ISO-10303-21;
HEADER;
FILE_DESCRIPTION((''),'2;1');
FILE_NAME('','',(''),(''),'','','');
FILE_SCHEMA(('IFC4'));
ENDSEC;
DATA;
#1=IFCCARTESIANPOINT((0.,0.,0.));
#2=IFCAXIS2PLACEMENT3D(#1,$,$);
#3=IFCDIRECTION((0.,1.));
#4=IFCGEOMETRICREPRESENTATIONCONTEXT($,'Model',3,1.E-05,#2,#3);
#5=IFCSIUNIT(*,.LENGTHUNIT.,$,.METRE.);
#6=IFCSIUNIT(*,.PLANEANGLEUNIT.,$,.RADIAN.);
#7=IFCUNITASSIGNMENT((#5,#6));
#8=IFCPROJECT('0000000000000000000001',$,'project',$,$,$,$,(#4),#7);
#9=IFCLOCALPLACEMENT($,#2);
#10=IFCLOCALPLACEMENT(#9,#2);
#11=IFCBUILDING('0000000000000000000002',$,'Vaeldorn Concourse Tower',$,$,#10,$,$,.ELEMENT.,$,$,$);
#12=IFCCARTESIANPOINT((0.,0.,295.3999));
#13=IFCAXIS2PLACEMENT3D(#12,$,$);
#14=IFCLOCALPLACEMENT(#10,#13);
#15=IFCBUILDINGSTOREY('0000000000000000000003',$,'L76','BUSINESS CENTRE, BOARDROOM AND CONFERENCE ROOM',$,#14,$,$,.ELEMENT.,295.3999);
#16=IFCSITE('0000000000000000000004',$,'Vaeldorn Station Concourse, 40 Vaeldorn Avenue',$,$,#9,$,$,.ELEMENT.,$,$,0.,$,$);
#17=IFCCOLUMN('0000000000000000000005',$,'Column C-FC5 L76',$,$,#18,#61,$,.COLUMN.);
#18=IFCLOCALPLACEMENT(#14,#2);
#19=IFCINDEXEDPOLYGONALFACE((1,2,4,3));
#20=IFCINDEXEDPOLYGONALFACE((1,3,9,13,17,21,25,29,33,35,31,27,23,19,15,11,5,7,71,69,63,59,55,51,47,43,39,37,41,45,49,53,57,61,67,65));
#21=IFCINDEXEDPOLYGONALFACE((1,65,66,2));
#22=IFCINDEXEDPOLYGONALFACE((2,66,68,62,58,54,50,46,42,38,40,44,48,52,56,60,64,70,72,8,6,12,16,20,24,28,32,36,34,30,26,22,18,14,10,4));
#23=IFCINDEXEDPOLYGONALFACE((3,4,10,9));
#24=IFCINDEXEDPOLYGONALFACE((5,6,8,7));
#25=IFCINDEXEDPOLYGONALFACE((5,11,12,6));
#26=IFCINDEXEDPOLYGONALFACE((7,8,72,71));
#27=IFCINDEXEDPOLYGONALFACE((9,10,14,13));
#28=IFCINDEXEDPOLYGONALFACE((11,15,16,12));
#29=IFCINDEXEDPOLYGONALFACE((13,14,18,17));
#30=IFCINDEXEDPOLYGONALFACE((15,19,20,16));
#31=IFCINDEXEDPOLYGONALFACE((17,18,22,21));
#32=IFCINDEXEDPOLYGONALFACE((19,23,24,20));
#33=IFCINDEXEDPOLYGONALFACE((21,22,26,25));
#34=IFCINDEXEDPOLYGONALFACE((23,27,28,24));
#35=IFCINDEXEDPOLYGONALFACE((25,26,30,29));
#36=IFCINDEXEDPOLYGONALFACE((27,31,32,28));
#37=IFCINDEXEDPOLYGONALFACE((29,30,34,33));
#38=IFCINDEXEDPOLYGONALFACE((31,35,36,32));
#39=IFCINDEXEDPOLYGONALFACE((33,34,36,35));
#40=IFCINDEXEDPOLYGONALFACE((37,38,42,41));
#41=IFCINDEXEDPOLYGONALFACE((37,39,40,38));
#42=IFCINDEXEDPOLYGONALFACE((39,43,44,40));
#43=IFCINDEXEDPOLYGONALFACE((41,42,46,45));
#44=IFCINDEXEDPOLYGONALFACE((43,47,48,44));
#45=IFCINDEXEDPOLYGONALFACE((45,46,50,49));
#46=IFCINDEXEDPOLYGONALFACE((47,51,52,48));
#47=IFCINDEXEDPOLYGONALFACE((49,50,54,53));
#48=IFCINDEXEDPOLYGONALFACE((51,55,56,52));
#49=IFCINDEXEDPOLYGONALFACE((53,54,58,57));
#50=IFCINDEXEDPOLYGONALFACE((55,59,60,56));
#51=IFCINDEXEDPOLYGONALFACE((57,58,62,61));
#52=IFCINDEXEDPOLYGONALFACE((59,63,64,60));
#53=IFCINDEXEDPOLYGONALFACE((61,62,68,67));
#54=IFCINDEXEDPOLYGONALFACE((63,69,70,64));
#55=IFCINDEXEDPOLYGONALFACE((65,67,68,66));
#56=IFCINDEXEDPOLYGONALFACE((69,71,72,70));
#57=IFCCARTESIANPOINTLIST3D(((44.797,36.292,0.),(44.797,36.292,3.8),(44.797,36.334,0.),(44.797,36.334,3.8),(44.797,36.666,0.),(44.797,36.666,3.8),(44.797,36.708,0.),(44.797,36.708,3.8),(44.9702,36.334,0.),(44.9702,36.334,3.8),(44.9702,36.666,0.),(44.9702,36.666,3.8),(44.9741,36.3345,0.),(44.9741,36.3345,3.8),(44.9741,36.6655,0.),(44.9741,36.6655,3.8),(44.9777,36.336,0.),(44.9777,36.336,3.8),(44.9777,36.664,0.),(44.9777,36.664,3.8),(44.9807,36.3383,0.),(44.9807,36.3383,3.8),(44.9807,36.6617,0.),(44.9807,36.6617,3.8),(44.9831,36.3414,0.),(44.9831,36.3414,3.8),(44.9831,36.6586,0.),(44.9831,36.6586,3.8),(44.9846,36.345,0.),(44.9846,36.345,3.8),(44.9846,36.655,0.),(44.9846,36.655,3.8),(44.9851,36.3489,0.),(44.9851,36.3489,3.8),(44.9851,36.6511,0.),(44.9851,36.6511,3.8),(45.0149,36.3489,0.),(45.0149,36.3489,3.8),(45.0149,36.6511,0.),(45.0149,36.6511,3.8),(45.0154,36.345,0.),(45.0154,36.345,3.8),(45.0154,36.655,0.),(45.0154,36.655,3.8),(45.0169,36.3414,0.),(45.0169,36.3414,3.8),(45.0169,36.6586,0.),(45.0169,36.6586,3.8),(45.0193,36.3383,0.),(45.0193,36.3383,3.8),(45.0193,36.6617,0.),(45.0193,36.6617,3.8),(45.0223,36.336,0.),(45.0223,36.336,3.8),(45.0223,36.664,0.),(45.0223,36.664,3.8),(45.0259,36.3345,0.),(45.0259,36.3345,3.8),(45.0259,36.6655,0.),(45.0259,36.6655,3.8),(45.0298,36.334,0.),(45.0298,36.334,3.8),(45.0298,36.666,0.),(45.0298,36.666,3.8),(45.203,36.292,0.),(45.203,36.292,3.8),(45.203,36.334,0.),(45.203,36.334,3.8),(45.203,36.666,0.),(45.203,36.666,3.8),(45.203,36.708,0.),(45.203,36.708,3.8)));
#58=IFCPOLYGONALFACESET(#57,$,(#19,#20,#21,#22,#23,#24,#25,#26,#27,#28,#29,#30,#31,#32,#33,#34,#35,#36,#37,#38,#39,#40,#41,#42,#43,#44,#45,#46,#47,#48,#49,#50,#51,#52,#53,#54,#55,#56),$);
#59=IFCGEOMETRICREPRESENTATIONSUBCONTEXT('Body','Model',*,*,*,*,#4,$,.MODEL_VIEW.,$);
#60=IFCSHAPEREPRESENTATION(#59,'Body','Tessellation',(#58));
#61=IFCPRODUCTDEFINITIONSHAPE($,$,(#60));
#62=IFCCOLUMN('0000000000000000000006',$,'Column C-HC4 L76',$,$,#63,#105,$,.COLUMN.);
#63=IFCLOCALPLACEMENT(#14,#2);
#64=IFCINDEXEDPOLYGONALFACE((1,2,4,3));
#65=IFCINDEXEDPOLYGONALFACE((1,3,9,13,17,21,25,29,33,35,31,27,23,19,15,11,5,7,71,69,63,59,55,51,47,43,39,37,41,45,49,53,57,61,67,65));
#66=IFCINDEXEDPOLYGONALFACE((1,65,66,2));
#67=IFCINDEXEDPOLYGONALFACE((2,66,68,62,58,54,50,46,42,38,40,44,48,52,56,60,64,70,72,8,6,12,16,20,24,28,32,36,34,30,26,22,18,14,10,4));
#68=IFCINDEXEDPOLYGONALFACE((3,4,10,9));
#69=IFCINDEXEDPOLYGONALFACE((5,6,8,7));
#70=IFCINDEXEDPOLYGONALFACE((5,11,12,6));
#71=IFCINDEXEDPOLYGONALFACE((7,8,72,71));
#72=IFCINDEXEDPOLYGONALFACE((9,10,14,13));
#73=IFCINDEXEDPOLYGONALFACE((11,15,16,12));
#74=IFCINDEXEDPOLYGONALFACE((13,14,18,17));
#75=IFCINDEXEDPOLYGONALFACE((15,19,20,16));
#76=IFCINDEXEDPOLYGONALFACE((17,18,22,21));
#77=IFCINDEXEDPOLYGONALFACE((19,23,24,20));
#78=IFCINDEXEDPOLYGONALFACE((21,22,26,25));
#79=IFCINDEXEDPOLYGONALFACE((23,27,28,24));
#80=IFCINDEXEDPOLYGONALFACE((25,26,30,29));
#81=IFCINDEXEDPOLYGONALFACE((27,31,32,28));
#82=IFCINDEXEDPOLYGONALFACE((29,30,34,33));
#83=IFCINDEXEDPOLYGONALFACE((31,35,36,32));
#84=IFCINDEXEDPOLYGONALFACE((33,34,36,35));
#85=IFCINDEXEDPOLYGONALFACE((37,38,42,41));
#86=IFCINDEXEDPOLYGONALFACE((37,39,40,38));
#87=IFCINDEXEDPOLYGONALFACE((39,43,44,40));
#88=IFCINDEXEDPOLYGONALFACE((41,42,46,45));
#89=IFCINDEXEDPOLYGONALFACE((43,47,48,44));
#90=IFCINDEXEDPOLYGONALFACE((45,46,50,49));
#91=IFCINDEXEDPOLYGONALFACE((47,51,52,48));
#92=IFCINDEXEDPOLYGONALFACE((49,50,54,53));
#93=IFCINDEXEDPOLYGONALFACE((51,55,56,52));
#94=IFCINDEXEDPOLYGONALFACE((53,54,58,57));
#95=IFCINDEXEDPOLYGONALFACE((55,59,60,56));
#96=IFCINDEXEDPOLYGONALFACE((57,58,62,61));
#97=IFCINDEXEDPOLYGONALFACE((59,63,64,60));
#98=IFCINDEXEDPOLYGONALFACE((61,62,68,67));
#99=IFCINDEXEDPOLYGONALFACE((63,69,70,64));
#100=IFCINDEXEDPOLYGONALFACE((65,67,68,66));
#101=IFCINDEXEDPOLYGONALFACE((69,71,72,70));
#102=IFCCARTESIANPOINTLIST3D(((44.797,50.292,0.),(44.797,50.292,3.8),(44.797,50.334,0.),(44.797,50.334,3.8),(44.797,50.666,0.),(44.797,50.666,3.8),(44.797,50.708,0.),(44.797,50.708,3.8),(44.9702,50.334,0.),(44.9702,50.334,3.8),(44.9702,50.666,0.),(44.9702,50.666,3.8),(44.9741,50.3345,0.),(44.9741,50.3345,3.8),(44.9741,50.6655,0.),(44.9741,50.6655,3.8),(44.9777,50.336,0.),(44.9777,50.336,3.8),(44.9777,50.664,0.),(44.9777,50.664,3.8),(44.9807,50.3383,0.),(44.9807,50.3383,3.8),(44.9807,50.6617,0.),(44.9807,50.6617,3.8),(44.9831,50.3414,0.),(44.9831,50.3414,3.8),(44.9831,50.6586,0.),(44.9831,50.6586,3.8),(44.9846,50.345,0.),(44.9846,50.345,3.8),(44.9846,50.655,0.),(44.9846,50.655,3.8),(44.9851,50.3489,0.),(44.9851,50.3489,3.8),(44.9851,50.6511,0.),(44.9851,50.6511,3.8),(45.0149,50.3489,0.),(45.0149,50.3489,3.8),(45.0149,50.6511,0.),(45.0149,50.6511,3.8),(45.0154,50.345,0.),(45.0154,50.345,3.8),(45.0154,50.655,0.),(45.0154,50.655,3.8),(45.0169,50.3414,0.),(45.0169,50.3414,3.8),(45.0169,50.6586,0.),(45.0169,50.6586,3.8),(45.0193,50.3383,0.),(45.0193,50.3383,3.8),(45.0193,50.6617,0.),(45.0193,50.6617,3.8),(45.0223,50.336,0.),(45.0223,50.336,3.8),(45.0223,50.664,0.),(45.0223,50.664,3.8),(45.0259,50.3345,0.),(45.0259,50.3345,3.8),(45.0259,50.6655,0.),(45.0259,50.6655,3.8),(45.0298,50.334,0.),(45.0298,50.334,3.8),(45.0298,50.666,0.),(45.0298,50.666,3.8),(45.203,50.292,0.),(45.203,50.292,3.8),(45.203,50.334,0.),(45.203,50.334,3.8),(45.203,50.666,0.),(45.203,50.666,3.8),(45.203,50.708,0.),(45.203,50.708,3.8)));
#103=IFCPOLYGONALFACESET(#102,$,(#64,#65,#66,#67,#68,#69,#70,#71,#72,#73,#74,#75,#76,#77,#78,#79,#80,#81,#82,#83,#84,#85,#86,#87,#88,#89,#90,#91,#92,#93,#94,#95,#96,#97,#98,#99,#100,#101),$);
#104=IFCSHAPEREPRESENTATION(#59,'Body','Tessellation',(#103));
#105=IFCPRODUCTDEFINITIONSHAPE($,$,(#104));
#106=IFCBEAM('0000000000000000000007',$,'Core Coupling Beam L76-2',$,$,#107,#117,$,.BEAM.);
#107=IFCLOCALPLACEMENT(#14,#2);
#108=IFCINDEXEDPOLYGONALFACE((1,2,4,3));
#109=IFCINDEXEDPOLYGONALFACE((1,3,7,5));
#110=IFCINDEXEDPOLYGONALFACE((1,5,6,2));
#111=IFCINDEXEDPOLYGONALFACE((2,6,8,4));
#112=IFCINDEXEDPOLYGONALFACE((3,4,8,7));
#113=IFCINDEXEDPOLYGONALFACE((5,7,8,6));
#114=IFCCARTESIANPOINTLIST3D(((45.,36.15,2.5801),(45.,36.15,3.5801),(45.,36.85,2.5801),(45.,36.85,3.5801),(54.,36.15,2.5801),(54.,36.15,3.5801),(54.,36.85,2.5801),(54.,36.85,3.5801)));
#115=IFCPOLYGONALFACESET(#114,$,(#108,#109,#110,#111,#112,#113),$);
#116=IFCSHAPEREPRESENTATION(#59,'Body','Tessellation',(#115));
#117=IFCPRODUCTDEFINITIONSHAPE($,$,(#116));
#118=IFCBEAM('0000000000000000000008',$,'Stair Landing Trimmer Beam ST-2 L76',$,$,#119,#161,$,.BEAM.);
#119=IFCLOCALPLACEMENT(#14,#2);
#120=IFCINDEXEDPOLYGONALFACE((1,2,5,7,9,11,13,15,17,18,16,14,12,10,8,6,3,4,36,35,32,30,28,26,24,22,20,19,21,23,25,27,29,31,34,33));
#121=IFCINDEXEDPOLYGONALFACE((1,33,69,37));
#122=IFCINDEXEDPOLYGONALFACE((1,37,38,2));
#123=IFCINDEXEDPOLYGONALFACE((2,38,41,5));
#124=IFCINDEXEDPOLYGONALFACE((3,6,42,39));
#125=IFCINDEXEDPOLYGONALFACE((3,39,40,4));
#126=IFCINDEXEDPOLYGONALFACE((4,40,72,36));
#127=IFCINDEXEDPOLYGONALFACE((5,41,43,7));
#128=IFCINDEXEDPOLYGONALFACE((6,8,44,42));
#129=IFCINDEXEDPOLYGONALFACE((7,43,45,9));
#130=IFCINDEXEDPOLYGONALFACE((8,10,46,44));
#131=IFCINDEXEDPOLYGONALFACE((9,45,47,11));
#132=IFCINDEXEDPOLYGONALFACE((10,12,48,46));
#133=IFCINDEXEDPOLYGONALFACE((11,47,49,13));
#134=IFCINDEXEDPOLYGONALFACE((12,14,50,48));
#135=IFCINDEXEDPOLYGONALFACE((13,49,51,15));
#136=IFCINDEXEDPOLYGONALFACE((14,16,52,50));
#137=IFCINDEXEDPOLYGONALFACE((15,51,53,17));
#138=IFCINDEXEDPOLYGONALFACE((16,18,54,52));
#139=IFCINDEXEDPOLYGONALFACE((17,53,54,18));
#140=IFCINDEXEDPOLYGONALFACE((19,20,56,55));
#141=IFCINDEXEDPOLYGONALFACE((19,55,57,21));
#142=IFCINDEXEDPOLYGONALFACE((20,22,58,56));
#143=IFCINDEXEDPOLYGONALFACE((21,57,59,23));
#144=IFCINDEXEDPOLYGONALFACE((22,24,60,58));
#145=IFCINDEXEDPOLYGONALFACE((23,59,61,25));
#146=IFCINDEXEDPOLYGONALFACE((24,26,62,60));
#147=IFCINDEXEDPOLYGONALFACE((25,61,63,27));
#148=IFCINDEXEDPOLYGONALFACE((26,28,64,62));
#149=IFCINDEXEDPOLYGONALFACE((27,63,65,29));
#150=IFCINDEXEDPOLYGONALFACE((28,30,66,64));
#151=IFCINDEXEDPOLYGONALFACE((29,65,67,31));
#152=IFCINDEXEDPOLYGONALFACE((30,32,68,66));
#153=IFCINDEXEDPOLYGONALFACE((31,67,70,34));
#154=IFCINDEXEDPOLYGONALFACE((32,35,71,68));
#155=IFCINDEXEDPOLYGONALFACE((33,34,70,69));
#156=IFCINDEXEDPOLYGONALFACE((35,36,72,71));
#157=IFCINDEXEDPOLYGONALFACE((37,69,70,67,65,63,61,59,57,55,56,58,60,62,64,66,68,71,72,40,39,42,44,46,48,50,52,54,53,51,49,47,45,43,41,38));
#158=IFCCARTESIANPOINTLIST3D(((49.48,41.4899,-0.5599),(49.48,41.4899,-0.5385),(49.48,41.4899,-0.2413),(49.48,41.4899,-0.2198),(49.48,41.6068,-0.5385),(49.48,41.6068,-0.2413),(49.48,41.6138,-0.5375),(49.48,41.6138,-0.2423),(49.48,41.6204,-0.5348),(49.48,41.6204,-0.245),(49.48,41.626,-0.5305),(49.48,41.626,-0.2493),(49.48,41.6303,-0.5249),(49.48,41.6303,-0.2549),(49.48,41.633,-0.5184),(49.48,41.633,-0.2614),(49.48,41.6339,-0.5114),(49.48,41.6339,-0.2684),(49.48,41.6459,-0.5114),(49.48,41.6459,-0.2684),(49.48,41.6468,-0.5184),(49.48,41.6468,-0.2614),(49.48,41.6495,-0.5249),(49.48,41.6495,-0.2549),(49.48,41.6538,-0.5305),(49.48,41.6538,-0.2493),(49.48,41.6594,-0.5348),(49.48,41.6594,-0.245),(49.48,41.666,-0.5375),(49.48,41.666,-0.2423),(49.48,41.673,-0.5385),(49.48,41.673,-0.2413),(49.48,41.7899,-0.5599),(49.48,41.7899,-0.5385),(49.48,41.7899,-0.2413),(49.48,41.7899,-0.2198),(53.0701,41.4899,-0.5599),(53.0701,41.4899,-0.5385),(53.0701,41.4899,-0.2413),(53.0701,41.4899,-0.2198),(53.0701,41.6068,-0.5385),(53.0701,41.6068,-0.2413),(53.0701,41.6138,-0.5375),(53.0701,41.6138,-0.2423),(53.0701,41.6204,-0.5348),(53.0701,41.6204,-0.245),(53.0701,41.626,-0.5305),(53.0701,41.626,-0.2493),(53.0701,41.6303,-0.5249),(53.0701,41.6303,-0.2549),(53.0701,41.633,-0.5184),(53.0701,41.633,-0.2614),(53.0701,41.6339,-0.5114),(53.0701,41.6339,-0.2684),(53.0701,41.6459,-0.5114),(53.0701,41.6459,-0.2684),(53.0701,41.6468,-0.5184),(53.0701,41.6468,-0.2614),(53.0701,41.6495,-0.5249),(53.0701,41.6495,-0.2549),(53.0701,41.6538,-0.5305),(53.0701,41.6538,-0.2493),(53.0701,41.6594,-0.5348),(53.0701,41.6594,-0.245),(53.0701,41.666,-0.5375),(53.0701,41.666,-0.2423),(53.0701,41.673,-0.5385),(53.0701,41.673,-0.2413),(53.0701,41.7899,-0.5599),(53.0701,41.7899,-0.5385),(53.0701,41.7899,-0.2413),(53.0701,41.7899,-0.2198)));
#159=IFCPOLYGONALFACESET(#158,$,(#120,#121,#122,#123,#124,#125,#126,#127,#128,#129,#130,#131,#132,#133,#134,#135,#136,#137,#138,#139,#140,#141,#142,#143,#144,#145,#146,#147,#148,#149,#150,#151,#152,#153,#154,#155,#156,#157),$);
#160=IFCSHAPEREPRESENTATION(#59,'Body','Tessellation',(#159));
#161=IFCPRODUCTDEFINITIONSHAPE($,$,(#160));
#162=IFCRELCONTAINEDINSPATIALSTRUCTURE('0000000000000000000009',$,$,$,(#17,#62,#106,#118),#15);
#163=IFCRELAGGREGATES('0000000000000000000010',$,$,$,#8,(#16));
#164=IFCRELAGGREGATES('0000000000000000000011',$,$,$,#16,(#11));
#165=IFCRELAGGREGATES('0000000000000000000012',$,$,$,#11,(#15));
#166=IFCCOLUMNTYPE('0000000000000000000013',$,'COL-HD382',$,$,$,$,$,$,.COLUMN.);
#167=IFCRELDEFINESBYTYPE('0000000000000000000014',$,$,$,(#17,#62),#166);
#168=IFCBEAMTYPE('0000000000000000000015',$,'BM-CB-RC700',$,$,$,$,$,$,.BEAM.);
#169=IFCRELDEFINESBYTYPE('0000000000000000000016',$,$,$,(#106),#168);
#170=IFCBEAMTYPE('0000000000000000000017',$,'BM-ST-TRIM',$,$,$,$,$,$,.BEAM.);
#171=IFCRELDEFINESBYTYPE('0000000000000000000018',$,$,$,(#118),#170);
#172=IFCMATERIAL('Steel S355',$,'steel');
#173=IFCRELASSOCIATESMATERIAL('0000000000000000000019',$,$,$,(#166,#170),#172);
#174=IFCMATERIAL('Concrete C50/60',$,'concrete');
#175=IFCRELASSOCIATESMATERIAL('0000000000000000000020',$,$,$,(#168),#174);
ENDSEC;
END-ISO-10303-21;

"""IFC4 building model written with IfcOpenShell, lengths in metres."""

from ifc_helpers import new_model, si_unit, direction, frame, origin, origin_2d, place, context, subcontext, project, spatial, rectangle, i_section, extrude, source, transform, mapped, material, material_profile, profile_set, type_object, element, save


model = new_model("IFC4")

# Units and contexts
model_context = context("Model", 3, precision=1e-05, world=origin(), true_north=direction((0.0, 1.0)))
body_context = subcontext(model_context, "Body", "Model", "MODEL_VIEW")
ifc_project = project(units=[si_unit("LENGTHUNIT", "METRE"), si_unit("PLANEANGLEUNIT", "RADIAN")], contexts=[model_context])

# Site, building, storey
site_placement = place(None, origin())
site = spatial("IfcSite", under=ifc_project, at=site_placement, Name="Vaeldorn Station Concourse, 40 Vaeldorn Avenue", CompositionType="ELEMENT", RefElevation=0.0)
building_placement = place(site_placement, origin())
building = spatial("IfcBuilding", under=site, at=building_placement, Name="Vaeldorn Concourse Tower", CompositionType="ELEMENT")
storey_placement = place(building_placement, frame((0.0, 0.0, 295.3999)))
storey = spatial("IfcBuildingStorey", under=building, at=storey_placement, Name="L76", Description="BUSINESS CENTRE, BOARDROOM AND CONFERENCE ROOM", CompositionType="ELEMENT", Elevation=295.3999)

# Columns
ifc_material_1 = material(Name="Steel S355", Category="steel")
ifc_material_profile_1 = material_profile(ifc_material_1, i_section(OverallWidth=0.406, OverallDepth=0.416, WebThickness=0.0298, FlangeThickness=0.042, FilletRadius=0.0149, at=origin_2d()), Name="HD 400x382")
ifc_profile_set_1 = profile_set([ifc_material_profile_1], Name="Steel S355")
column_type = type_object("IfcColumnType", Name="COL-HD382", PredefinedType="COLUMN", material=ifc_profile_set_1)
shared_shape_1 = source(origin(), body_context, "Body", "SweptSolid", [
    extrude(i_section(OverallWidth=0.406, OverallDepth=0.416, WebThickness=0.0298, FlangeThickness=0.042, FilletRadius=0.0149, at=origin_2d()), origin(), (0.0, 0.0, 1.0), 3.8),
])
for number, where, z_axis, x_axis, name in (
    (1, (45.0, 36.5, 0.0), (0.0, 0.0, 1.0), (1.0, 0.0, 0.0), "Column C-FC5 L76"),
    (2, (45.0, 50.5, 0.0), (0.0, 0.0, 1.0), (1.0, 0.0, 0.0), "Column C-HC4 L76"),
):
    element("IfcColumn", number, at=place(storey_placement, frame(where, z_axis=z_axis, x_axis=x_axis)), inside=storey, type_object=column_type, Name=name, PredefinedType="COLUMN", context=body_context, shape_type="MappedRepresentation", body=[
        mapped(shared_shape_1, transform((0.0, 0.0, 0.0), scale=1.0)),
    ])

# Beams
ifc_material_2 = material(Name="Concrete C50/60", Category="concrete")
ifc_material_profile_2 = material_profile(ifc_material_2, rectangle(XDim=0.7, YDim=1.0, at=origin_2d()), Name="RC 700x1000")
ifc_profile_set_2 = profile_set([ifc_material_profile_2], Name="Concrete C50/60")
beam_type_1 = type_object("IfcBeamType", Name="BM-CB-RC700", PredefinedType="BEAM", material=ifc_profile_set_2)
shared_shape_2 = source(origin(), body_context, "Body", "SweptSolid", [
    extrude(rectangle(XDim=0.7, YDim=1.0, at=origin_2d()), origin(), (0.0, 0.0, 1.0), 9.0),
])
beam_1_placement = place(storey_placement, frame((45.0, 36.5, 3.0801), z_axis=(1.0, 0.0, 0.0), x_axis=(0.0, 1.0, 0.0)))
element("IfcBeam", 3, at=beam_1_placement, inside=storey, type_object=beam_type_1, Name="Core Coupling Beam L76-2", PredefinedType="BEAM", context=body_context, shape_type="MappedRepresentation", body=[
    mapped(shared_shape_2, transform((0.0, 0.0, 0.0), scale=1.0)),
])
ifc_material_profile_3 = material_profile(ifc_material_1, i_section(OverallWidth=0.3, OverallDepth=0.3401, WebThickness=0.012, FlangeThickness=0.0215, FilletRadius=0.0271, at=origin_2d()), Name="HEB 340")
ifc_profile_set_3 = profile_set([ifc_material_profile_3], Name="Steel S355")
beam_type_2 = type_object("IfcBeamType", Name="BM-ST-TRIM", PredefinedType="BEAM", material=ifc_profile_set_3)
shared_shape_3 = source(origin(), body_context, "Body", "SweptSolid", [
    extrude(i_section(OverallWidth=0.3, OverallDepth=0.3401, WebThickness=0.012, FlangeThickness=0.0215, FilletRadius=0.0271, at=origin_2d()), origin(), (0.0, 0.0, 1.0), 3.5901),
])
beam_2_placement = place(storey_placement, frame((49.48, 41.6399, -0.3899), z_axis=(1.0, 0.0, 0.0), x_axis=(0.0, 1.0, 0.0)))
element("IfcBeam", 4, at=beam_2_placement, inside=storey, type_object=beam_type_2, Name="Stair Landing Trimmer Beam ST-2 L76", PredefinedType="BEAM", context=body_context, shape_type="MappedRepresentation", body=[
    mapped(shared_shape_3, transform((0.0, 0.0, 0.0), scale=1.0)),
])

save(model, "model.ifc")
